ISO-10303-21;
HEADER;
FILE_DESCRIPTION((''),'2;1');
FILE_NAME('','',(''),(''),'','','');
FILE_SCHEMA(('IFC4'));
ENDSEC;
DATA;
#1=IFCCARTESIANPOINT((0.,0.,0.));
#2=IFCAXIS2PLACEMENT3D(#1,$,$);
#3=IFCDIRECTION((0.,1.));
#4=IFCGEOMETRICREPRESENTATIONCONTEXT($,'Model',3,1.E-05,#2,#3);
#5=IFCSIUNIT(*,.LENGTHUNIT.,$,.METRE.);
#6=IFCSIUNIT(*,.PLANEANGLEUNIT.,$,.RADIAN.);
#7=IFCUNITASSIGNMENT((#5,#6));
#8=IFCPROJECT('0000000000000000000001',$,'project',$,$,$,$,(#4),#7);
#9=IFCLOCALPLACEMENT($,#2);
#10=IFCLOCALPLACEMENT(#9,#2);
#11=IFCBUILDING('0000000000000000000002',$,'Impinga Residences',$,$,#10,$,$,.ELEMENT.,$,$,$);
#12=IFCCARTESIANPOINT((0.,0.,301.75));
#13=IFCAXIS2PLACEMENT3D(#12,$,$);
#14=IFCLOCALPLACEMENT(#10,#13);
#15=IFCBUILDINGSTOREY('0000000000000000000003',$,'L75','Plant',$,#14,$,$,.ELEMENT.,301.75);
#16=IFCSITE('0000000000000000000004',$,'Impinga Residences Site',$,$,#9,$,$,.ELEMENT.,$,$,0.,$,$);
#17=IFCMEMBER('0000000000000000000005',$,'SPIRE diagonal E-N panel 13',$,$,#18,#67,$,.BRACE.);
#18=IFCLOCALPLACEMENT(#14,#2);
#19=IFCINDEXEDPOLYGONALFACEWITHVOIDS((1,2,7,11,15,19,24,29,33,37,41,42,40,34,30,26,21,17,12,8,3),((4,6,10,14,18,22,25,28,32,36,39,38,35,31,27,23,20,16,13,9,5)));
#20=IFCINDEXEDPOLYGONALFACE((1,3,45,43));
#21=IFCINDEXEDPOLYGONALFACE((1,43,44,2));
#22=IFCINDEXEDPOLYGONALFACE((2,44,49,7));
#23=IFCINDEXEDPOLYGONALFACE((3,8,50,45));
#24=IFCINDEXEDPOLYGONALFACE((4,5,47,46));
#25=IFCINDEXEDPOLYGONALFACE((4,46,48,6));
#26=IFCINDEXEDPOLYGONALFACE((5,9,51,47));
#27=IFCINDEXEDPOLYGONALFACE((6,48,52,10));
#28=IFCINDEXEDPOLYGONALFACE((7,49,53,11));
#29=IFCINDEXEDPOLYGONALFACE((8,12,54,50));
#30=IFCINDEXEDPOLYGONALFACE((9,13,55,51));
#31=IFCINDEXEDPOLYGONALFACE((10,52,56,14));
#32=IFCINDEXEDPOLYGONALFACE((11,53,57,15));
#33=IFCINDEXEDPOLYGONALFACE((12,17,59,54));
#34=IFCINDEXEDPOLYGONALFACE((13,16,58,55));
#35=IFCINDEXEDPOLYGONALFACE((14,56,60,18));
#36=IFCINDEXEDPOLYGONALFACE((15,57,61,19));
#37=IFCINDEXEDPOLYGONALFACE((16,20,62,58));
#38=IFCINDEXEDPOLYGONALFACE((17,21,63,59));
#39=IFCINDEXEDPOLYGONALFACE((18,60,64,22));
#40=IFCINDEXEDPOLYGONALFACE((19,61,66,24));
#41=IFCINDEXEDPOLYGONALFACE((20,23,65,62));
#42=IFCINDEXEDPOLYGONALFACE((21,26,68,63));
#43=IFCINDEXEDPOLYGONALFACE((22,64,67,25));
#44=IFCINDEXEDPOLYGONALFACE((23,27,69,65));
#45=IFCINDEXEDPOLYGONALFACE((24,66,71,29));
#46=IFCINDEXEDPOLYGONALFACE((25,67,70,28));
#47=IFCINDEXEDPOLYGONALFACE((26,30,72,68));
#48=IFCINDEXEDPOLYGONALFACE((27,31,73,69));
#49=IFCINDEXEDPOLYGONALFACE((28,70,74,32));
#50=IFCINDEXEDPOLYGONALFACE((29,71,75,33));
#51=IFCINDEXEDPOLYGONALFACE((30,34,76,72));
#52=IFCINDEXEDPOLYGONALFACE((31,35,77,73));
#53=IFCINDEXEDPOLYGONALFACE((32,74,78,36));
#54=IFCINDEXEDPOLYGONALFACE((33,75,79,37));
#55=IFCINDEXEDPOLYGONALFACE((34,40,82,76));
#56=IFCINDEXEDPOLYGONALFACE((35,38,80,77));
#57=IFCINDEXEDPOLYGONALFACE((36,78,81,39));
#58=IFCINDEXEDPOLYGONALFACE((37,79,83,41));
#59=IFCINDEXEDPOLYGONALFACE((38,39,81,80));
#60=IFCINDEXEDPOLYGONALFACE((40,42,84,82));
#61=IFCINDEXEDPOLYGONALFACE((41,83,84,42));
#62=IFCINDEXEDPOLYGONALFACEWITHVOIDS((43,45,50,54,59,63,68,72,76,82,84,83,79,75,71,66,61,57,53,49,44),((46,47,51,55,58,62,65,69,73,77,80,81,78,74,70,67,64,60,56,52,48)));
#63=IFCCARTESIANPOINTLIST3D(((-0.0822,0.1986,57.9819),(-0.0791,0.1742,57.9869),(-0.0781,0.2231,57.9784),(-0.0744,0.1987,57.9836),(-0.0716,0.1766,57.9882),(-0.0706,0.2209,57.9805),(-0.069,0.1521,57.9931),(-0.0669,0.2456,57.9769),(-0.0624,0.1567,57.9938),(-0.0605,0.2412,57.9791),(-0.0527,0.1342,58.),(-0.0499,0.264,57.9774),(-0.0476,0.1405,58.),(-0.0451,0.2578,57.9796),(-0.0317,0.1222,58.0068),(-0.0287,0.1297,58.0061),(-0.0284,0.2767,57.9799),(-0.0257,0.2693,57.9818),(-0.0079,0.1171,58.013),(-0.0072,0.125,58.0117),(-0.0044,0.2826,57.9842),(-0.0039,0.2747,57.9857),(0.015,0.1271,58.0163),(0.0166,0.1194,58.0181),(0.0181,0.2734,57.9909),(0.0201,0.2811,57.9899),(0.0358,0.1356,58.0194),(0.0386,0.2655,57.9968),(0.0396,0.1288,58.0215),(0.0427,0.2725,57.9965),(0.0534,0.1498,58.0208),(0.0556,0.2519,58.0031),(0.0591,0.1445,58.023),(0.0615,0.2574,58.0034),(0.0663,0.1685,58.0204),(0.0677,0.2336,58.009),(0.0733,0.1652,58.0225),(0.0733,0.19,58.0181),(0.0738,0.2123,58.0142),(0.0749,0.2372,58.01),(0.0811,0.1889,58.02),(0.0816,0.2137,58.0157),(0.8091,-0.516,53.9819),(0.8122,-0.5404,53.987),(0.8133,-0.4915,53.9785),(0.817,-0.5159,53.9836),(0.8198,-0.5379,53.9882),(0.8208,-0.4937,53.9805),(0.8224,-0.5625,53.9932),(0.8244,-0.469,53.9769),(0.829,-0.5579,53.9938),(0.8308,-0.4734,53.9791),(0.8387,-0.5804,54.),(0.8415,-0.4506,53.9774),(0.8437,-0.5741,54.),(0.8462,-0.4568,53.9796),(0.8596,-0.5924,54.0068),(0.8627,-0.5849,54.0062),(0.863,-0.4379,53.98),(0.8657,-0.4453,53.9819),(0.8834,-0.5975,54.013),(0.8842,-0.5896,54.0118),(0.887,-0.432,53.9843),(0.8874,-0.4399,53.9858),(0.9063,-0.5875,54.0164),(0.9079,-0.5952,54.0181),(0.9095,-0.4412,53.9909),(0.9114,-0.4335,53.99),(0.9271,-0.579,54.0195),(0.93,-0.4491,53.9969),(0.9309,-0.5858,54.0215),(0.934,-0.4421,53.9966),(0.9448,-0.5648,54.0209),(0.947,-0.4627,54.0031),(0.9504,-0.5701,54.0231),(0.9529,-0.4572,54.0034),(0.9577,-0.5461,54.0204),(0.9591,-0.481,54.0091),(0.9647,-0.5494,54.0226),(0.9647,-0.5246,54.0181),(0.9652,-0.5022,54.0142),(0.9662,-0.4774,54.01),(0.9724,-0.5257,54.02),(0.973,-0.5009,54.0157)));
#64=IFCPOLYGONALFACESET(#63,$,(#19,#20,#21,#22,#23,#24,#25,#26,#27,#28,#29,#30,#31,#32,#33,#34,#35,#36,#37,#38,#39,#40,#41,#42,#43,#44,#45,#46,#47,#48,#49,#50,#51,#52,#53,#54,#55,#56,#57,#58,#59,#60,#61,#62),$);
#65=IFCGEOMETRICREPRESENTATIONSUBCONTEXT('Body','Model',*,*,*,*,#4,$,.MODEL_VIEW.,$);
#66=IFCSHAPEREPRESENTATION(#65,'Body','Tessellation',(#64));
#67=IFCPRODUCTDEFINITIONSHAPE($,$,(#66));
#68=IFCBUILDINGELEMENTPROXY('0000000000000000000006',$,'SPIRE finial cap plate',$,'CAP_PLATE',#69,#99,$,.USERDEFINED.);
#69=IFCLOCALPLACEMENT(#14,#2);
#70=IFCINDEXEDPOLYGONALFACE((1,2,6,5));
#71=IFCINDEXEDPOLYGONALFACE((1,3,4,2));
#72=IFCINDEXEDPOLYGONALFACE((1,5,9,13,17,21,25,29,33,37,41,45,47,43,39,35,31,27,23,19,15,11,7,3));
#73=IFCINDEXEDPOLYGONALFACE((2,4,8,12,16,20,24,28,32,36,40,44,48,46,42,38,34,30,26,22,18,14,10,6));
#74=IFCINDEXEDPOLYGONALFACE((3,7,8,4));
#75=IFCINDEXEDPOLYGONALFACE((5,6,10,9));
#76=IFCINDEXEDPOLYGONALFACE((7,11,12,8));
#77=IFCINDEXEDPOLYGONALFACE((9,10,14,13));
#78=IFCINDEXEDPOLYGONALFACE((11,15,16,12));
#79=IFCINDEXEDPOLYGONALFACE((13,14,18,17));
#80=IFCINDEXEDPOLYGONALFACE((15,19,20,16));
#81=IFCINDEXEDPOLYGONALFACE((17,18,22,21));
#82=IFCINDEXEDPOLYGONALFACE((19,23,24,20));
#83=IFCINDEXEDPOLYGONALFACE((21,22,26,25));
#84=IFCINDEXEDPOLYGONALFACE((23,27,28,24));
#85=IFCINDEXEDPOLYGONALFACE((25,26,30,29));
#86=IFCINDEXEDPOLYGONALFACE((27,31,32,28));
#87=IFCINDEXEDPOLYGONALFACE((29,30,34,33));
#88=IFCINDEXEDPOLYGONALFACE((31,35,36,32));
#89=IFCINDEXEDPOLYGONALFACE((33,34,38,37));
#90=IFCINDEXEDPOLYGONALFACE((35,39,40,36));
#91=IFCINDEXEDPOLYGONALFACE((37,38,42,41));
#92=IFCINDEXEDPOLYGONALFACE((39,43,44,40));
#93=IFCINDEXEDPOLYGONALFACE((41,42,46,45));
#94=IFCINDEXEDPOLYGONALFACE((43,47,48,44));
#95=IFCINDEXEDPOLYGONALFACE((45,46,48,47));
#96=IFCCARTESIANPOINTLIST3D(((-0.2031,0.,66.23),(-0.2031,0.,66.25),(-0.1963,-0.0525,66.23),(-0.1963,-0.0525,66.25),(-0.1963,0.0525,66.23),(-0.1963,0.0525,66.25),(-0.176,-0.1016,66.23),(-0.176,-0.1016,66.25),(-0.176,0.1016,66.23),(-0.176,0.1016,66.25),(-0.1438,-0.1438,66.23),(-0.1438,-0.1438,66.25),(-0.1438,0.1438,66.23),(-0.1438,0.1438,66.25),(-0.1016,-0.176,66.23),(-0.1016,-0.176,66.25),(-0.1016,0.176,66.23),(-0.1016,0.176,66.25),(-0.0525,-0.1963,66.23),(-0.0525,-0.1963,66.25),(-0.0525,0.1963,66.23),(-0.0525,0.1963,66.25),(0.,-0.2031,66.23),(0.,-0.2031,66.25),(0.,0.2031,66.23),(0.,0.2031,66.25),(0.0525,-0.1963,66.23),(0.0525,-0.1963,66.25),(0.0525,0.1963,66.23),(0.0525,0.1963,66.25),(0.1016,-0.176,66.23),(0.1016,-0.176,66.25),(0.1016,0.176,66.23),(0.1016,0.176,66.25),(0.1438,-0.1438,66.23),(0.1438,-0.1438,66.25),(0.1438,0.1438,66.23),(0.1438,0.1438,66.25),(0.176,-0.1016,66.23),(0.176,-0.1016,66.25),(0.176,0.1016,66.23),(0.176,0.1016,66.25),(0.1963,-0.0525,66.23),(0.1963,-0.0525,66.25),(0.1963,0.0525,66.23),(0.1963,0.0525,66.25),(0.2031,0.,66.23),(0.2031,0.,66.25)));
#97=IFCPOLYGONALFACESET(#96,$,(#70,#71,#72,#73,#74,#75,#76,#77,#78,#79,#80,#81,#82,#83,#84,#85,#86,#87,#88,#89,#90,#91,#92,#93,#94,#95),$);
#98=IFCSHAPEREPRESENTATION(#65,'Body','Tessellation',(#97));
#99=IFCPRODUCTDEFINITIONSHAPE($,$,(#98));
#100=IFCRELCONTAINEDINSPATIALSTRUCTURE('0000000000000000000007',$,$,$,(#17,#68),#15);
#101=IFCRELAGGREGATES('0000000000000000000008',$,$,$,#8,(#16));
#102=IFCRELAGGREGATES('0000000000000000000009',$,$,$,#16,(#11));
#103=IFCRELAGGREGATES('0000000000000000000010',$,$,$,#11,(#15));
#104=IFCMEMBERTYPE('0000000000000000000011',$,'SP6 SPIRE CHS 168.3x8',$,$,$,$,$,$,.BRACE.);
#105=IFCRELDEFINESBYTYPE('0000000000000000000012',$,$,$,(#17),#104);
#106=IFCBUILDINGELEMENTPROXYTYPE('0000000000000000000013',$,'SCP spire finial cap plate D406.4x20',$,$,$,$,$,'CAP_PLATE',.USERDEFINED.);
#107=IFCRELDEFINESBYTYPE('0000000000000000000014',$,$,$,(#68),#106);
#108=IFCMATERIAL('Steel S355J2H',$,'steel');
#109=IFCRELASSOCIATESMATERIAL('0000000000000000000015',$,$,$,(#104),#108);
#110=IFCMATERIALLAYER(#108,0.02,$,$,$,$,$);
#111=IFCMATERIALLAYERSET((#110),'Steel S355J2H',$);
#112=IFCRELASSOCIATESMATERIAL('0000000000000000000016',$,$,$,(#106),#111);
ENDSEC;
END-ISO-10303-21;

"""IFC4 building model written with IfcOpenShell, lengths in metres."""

from ifc_helpers import new_model, si_unit, direction, frame, origin, origin_2d, place, context, subcontext, project, spatial, polyline, hollow_circle, outline, extrude, material, layer, layer_set, material_profile, profile_set, type_object, element, save


model = new_model("IFC4")

# Units and contexts
model_context = context("Model", 3, precision=1e-05, world=origin(), true_north=direction((0.0, 1.0)))
body_context = subcontext(model_context, "Body", "Model", "MODEL_VIEW")
ifc_project = project(units=[si_unit("LENGTHUNIT", "METRE"), si_unit("PLANEANGLEUNIT", "RADIAN")], contexts=[model_context])

# Site, building, storey
site_placement = place(None, origin())
site = spatial("IfcSite", under=ifc_project, at=site_placement, Name="Impinga Residences Site", CompositionType="ELEMENT", RefElevation=0.0)
building_placement = place(site_placement, origin())
building = spatial("IfcBuilding", under=site, at=building_placement, Name="Impinga Residences", CompositionType="ELEMENT")
storey_placement = place(building_placement, frame((0.0, 0.0, 301.75)))
storey = spatial("IfcBuildingStorey", under=building, at=storey_placement, Name="L75", Description="Plant", CompositionType="ELEMENT", Elevation=301.75)

# Member
ifc_material = material(Name="Steel S355J2H", Category="steel")
ifc_material_profile_1 = material_profile(ifc_material, hollow_circle(Radius=0.0842, WallThickness=0.0081, at=origin_2d()), Name="CHS 168.3x8")
ifc_profile_set_1 = profile_set([ifc_material_profile_1], Name="Steel S355J2H")
member_type_1 = type_object("IfcMemberType", Name="SP6 SPIRE CHS 168.3x8", PredefinedType="BRACE", material=ifc_profile_set_1)
for number, where, z_axis, x_axis, name in (
    (1, (0.8914, -0.5146, 54.0), (-0.214271, 0.171781, 0.96155), (-0.625503, -0.780222, 0.0), "SPIRE diagonal E-N panel 13"),
):
    element("IfcMember", number, at=place(storey_placement, frame(where, z_axis=z_axis, x_axis=x_axis)), inside=storey, type_object=member_type_1, Name=name, PredefinedType="BRACE", context=body_context, shape_type="SweptSolid", body=[
        extrude(hollow_circle(Radius=0.0842, WallThickness=0.0081, at=origin_2d()), origin(), (0.0, 0.0, 1.0), 4.1599),
    ])

# Building element proxy
ifc_layer = layer(ifc_material, 0.02)
ifc_layer_set = layer_set([ifc_layer], Name="Steel S355J2H")
building_element_proxy_type = type_object("IfcBuildingElementProxyType", Name="SCP spire finial cap plate D406.4x20", ElementType="CAP_PLATE", PredefinedType="USERDEFINED", material=ifc_layer_set)
proxy_placement = place(storey_placement, frame((0.0, 0.0, 66.23)))
element("IfcBuildingElementProxy", 2, at=proxy_placement, inside=storey, type_object=building_element_proxy_type, Name="SPIRE finial cap plate", ObjectType="CAP_PLATE", PredefinedType="USERDEFINED", context=body_context, shape_type="SweptSolid", body=[
    extrude(outline(polyline([(0.2031, 0.0), (0.1963, 0.0525), (0.176, 0.1016), (0.1438, 0.1438), (0.1016, 0.176), (0.0525, 0.1963), (0.0, 0.2031), (-0.0525, 0.1963), (-0.1016, 0.176), (-0.1438, 0.1438), (-0.176, 0.1016), (-0.1963, 0.0525), (-0.2031, 0.0), (-0.1963, -0.0525), (-0.176, -0.1016), (-0.1438, -0.1438), (-0.1016, -0.176), (-0.0525, -0.1963), (0.0, -0.2031), (0.0525, -0.1963), (0.1016, -0.176), (0.1438, -0.1438), (0.176, -0.1016), (0.1963, -0.0525), (0.2031, 0.0)])), origin(), (0.0, 0.0, 1.0), 0.02),
])

save(model, "model.ifc")
